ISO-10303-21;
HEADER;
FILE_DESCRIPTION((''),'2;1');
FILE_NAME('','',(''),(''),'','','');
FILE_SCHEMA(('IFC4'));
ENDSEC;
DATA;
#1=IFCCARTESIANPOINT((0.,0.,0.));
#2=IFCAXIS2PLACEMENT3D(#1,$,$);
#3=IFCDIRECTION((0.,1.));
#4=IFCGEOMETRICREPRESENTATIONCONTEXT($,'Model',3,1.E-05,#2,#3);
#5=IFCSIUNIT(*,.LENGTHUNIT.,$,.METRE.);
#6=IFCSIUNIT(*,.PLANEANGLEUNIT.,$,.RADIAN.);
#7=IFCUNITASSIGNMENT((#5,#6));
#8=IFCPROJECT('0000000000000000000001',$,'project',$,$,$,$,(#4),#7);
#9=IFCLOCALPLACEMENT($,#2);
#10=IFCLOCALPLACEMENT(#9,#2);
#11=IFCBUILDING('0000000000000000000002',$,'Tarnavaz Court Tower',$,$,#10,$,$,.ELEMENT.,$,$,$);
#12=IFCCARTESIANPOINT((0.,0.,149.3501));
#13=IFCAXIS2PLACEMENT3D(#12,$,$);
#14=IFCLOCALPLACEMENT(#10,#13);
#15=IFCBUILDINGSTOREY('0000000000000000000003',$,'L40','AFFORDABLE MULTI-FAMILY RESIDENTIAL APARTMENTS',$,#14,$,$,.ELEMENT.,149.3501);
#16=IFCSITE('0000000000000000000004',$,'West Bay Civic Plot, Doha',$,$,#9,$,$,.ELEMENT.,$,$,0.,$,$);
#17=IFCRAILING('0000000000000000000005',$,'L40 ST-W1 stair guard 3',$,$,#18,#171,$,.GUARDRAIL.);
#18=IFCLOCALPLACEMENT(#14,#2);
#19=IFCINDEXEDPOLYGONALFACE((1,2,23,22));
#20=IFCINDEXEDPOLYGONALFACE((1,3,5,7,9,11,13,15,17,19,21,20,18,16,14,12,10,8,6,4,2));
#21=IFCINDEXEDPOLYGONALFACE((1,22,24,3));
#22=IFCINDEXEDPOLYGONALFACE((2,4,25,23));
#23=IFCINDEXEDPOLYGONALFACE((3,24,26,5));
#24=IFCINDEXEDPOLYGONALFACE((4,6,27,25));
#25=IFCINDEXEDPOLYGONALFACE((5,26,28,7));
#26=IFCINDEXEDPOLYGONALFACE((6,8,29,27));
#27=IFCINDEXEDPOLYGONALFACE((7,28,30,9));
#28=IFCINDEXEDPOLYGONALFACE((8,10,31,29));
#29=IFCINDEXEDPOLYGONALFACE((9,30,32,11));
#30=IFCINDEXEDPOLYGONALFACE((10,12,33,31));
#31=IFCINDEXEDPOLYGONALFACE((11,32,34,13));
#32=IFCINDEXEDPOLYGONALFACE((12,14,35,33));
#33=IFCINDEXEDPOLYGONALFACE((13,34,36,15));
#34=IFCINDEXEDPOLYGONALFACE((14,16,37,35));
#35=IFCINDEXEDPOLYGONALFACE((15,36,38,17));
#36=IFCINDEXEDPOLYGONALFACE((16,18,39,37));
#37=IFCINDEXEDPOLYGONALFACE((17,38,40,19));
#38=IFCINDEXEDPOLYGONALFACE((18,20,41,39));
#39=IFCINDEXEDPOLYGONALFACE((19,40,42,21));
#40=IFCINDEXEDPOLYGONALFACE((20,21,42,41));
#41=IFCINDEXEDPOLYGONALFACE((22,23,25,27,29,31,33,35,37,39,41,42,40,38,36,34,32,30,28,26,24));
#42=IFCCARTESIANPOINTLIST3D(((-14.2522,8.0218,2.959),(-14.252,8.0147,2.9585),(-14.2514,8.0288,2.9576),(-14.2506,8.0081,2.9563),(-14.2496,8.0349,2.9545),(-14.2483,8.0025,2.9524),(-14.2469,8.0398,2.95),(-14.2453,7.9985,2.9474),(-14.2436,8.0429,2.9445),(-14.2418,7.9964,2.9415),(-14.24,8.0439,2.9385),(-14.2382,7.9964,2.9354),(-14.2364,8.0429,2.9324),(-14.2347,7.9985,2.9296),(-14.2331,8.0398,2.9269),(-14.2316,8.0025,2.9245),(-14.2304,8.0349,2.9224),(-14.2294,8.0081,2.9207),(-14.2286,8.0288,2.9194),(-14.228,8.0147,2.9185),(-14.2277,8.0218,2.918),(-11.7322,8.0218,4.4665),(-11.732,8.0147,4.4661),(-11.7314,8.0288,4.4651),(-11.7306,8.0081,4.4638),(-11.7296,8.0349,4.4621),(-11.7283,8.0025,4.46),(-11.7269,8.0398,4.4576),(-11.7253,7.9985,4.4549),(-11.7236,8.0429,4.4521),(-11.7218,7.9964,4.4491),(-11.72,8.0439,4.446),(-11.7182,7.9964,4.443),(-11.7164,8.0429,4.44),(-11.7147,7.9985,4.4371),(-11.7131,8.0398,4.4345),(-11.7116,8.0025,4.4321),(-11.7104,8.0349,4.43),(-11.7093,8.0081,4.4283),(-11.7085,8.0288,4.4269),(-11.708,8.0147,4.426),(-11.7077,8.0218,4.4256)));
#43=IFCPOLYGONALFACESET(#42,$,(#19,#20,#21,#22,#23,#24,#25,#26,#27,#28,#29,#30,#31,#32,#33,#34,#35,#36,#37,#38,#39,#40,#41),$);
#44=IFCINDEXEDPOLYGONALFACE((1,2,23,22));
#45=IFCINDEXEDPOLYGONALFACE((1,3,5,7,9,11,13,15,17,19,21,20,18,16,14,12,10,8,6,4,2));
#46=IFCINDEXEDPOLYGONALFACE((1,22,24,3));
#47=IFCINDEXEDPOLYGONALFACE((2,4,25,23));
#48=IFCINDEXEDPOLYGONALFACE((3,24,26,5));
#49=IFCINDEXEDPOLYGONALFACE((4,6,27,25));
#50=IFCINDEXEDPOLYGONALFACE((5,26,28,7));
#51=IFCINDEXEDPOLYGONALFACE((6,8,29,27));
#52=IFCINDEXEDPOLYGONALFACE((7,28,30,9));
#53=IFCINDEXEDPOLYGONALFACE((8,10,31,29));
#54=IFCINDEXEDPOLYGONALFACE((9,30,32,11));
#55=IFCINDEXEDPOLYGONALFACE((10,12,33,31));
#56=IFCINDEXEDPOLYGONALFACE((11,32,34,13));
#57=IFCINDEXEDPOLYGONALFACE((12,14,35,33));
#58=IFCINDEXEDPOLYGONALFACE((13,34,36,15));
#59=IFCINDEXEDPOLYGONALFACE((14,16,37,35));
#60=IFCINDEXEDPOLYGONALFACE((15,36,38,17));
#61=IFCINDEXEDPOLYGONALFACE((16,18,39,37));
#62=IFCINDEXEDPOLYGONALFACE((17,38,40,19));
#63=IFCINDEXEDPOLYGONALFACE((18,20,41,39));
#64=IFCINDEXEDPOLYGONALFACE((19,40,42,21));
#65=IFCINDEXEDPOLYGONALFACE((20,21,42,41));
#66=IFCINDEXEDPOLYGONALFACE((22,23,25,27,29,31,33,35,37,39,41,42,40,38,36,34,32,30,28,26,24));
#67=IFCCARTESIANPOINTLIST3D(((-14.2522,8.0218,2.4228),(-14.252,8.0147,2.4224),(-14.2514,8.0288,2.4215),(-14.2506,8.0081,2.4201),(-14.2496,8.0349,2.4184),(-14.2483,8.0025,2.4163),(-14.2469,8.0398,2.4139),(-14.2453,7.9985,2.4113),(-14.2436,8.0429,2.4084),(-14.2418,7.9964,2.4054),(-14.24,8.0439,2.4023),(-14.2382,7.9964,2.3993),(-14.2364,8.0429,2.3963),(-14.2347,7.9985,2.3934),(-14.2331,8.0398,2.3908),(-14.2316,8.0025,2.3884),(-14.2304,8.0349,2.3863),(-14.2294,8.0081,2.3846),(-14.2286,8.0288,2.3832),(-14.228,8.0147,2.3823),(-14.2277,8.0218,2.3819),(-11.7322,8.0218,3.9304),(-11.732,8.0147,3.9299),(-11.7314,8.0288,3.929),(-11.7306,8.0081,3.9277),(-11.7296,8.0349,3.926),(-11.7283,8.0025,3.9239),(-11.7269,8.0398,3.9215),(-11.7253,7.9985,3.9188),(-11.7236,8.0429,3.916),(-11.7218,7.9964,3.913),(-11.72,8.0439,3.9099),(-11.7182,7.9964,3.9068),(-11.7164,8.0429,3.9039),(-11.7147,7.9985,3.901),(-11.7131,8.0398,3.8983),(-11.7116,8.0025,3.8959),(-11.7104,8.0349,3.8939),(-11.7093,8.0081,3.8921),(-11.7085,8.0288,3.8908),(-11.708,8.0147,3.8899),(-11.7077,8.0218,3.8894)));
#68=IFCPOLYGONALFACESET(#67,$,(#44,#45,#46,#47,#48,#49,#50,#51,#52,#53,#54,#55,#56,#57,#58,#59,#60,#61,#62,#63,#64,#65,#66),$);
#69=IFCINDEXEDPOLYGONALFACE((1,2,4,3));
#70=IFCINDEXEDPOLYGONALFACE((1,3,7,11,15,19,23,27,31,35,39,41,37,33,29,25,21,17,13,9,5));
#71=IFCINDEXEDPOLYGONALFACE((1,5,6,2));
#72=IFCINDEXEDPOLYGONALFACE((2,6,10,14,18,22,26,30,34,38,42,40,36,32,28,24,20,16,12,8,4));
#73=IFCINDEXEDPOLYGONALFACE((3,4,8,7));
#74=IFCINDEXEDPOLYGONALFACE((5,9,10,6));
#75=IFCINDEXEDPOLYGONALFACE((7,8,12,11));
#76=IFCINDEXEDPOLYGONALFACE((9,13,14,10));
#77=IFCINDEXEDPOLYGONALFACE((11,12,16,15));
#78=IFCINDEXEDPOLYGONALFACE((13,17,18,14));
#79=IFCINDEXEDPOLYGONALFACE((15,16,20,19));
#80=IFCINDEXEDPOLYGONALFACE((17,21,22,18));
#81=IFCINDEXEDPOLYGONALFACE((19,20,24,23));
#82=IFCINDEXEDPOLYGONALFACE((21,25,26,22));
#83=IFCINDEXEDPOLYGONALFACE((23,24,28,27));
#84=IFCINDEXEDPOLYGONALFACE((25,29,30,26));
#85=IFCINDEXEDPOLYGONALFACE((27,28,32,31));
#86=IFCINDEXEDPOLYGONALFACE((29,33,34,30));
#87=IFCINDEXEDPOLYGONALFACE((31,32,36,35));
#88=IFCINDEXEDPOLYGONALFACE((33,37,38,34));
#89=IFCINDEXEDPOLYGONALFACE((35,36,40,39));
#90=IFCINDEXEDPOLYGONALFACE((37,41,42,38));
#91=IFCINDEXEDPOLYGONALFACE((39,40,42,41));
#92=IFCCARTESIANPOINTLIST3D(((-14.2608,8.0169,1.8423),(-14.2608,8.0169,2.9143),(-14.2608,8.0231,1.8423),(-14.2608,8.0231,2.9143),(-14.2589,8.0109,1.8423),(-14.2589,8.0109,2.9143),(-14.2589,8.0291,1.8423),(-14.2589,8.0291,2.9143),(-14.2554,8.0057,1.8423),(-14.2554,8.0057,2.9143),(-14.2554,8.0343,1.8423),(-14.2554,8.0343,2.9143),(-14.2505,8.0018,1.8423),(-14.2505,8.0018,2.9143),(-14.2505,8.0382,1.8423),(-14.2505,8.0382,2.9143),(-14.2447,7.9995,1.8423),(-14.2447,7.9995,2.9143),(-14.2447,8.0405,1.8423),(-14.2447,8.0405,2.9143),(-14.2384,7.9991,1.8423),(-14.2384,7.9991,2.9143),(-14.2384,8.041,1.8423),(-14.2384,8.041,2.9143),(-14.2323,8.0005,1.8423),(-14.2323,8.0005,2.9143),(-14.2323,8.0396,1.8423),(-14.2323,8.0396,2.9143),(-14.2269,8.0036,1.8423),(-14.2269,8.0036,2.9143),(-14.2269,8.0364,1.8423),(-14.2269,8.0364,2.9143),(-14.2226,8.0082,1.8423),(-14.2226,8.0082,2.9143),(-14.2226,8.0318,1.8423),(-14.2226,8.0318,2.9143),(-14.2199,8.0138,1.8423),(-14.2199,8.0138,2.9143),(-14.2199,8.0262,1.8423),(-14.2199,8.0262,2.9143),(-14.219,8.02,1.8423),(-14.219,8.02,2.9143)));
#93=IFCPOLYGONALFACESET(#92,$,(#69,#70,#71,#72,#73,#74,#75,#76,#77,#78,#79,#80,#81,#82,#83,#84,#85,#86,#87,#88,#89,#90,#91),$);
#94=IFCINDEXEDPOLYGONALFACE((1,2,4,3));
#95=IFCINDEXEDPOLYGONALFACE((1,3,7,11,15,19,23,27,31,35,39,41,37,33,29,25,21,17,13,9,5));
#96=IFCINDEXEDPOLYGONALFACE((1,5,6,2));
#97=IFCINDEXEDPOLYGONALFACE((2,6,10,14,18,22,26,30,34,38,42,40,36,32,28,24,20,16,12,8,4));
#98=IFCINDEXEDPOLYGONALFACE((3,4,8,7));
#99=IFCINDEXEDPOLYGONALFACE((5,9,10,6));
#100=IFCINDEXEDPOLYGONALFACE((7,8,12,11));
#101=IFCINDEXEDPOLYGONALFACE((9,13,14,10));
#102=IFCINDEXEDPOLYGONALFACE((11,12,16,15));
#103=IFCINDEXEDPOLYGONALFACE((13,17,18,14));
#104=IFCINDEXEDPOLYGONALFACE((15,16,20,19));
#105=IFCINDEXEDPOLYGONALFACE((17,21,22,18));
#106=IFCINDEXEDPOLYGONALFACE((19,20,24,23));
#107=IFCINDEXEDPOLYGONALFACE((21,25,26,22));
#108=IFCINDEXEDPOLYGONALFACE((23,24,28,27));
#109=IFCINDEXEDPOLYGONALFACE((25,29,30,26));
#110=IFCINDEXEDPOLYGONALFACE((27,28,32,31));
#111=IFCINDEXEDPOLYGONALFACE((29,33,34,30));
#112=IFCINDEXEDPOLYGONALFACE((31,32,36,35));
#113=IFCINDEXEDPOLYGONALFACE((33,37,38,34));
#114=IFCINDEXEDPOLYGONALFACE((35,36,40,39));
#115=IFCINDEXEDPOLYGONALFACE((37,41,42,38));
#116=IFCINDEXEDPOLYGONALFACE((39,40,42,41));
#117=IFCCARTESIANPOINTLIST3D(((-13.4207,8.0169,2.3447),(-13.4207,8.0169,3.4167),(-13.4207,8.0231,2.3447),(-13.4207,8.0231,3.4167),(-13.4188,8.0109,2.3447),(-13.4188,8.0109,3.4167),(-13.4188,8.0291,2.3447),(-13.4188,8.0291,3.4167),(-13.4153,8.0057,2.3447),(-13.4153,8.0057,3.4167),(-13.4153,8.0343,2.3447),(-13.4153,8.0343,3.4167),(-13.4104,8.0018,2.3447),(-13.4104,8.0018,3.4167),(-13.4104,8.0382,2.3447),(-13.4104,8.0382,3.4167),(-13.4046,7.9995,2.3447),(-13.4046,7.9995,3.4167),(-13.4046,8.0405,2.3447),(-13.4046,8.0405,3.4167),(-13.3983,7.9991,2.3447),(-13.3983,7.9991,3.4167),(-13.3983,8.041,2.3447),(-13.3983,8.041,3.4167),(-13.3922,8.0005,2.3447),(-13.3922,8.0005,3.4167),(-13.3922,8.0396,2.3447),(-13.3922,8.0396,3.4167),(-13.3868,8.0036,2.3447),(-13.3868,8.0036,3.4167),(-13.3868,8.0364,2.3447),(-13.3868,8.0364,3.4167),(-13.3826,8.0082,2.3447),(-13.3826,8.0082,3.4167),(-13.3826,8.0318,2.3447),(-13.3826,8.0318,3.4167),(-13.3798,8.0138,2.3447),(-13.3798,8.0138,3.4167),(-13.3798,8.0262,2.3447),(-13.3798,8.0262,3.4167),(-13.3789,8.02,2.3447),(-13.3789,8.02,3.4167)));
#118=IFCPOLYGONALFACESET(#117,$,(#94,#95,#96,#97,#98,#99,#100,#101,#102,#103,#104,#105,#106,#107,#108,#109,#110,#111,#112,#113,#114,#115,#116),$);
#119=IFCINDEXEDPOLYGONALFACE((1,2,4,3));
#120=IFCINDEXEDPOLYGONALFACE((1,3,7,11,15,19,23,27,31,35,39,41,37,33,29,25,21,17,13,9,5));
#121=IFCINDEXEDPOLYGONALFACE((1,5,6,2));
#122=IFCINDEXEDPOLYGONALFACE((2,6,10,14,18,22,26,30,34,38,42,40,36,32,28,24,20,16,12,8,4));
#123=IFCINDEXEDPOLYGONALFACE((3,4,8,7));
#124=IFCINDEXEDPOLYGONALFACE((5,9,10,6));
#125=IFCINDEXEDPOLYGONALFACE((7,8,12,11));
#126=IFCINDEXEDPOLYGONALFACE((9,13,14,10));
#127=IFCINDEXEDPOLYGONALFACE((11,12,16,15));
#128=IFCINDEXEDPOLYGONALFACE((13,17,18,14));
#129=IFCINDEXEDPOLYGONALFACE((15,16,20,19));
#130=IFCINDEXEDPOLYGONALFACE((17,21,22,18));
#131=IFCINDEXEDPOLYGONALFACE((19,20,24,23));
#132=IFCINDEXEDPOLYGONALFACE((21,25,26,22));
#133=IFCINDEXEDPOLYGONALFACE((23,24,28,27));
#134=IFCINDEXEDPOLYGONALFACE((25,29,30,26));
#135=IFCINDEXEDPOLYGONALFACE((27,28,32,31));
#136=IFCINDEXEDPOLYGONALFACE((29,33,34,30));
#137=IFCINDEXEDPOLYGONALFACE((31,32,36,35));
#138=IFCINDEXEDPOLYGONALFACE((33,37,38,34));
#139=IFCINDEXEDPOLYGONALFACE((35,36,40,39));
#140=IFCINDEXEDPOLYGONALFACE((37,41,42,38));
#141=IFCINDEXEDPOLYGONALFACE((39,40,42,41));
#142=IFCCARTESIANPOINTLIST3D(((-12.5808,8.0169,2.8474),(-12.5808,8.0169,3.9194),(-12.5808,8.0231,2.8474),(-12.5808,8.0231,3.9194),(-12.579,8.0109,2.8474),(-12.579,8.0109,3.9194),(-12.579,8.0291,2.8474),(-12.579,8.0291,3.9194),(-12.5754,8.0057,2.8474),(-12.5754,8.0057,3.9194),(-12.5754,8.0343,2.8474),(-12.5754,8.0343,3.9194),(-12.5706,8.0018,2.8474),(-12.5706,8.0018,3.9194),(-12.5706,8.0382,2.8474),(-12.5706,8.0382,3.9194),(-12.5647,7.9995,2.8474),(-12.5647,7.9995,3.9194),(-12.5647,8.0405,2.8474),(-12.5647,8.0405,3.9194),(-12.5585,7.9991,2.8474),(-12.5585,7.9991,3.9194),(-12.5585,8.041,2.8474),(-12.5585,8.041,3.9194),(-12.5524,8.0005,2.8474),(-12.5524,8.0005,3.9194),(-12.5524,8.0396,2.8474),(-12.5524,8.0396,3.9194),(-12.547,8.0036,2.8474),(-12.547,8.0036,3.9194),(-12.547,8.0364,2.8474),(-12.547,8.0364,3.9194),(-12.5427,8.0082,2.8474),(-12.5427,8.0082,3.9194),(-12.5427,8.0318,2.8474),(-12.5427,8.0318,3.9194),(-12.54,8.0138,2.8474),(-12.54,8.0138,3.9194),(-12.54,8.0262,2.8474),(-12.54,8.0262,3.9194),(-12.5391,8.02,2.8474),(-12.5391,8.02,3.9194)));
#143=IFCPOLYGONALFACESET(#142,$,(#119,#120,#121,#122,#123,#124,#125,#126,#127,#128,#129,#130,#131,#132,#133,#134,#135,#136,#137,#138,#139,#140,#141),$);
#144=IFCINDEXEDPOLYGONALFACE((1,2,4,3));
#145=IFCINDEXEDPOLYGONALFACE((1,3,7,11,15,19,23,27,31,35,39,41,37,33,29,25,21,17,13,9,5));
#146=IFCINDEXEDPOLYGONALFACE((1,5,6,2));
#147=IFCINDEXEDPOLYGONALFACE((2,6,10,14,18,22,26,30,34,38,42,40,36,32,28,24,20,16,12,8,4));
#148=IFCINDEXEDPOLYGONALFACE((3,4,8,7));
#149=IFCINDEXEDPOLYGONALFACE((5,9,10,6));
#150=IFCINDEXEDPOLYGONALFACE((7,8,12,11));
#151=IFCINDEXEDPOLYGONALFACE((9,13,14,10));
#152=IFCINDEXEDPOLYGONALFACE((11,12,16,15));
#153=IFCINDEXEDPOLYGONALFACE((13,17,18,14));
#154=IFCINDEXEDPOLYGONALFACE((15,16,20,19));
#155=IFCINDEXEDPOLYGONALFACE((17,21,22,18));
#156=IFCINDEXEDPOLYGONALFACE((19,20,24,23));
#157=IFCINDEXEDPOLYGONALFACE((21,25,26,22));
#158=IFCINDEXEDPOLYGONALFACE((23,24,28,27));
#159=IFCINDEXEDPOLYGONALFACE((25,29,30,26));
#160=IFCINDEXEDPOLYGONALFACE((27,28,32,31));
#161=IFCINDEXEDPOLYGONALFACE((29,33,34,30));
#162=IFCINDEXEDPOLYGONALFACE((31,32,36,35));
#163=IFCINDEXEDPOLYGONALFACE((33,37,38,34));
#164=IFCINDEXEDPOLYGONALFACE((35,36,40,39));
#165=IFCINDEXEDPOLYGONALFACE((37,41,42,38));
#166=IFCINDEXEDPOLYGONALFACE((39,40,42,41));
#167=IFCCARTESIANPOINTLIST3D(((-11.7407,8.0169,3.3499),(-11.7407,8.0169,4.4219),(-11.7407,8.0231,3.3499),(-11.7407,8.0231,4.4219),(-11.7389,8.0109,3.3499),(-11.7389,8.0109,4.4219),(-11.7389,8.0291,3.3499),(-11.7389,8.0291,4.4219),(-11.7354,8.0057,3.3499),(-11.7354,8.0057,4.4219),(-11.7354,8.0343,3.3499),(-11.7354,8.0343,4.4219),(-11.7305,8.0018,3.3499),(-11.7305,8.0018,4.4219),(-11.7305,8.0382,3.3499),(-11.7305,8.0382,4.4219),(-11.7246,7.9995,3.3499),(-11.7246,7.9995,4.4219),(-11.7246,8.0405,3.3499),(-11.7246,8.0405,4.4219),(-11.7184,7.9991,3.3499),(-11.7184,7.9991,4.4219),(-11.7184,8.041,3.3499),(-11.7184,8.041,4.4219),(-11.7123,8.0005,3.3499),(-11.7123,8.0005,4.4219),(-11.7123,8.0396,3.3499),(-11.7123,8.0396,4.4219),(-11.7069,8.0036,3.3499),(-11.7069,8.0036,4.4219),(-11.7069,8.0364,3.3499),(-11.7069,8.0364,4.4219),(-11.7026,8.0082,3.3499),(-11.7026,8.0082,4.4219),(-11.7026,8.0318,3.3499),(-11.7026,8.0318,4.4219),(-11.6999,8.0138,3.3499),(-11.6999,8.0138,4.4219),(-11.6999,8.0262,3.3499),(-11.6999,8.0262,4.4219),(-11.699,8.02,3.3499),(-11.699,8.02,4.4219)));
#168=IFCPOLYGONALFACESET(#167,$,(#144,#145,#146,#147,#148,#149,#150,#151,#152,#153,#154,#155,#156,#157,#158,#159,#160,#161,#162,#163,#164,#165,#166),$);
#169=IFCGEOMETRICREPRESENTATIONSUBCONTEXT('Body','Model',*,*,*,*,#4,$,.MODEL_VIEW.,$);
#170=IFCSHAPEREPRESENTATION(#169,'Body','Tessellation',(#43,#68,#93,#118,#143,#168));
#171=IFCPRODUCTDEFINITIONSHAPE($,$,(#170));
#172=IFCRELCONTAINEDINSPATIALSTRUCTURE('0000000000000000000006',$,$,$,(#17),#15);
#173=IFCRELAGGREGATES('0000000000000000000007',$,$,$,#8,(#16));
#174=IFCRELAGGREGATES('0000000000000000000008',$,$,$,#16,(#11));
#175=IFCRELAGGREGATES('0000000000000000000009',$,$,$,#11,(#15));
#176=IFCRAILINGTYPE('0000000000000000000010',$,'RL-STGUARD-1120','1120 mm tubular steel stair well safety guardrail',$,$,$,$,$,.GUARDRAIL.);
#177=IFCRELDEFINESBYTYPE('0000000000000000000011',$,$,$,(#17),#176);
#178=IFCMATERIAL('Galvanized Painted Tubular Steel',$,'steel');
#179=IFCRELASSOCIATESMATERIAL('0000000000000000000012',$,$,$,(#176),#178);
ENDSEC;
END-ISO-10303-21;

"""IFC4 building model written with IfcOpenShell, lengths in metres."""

from ifc_helpers import new_model, si_unit, direction, frame, origin, origin_2d, place, context, subcontext, project, spatial, circle, extrude, material, type_object, element, save


model = new_model("IFC4")

# Units and contexts
model_context = context("Model", 3, precision=1e-05, world=origin(), true_north=direction((0.0, 1.0)))
body_context = subcontext(model_context, "Body", "Model", "MODEL_VIEW")
ifc_project = project(units=[si_unit("LENGTHUNIT", "METRE"), si_unit("PLANEANGLEUNIT", "RADIAN")], contexts=[model_context])

# Site, building, storey
site_placement = place(None, origin())
site = spatial("IfcSite", under=ifc_project, at=site_placement, Name="West Bay Civic Plot, Doha", CompositionType="ELEMENT", RefElevation=0.0)
building_placement = place(site_placement, origin())
building = spatial("IfcBuilding", under=site, at=building_placement, Name="Tarnavaz Court Tower", CompositionType="ELEMENT")
storey_placement = place(building_placement, frame((0.0, 0.0, 149.3501)))
storey = spatial("IfcBuildingStorey", under=building, at=storey_placement, Name="L40", Description="AFFORDABLE MULTI-FAMILY RESIDENTIAL APARTMENTS", CompositionType="ELEMENT", Elevation=149.3501)

# Railing
ifc_material_1 = material(Name="Galvanized Painted Tubular Steel", Category="steel")
railing_type_1 = type_object("IfcRailingType", Name="RL-STGUARD-1120", Description="1120 mm tubular steel stair well safety guardrail", PredefinedType="GUARDRAIL", material=ifc_material_1)
railing_1_placement = place(storey_placement, frame((-14.24, 8.02, 1.8423)))
element("IfcRailing", 1, at=railing_1_placement, inside=storey, type_object=railing_type_1, Name="L40 ST-W1 stair guard 3", PredefinedType="GUARDRAIL", context=body_context, shape_type="SweptSolid", body=[
    extrude(circle(Radius=0.0239, at=origin_2d()), frame((0.0, 0.0, 1.0962), z_axis=(0.85816, 0.0, 0.513383), x_axis=(0.0, 1.0, 0.0)), (0.0, 0.0, 1.0), 2.9365),
    extrude(circle(Radius=0.0239, at=origin_2d()), frame((0.0, 0.0, 0.5601), z_axis=(0.85816, 0.0, 0.513383), x_axis=(0.0, 1.0, 0.0)), (0.0, 0.0, 1.0), 2.9365),
    extrude(circle(Radius=0.021, at=origin_2d()), origin(), (0.0, 0.0, 1.0), 1.072),
    extrude(circle(Radius=0.021, at=origin_2d()), frame((0.8401, 0.0, 0.5024)), (0.0, 0.0, 1.0), 1.072),
    extrude(circle(Radius=0.021, at=origin_2d()), frame((1.6799, 0.0, 1.0051)), (0.0, 0.0, 1.0), 1.072),
    extrude(circle(Radius=0.021, at=origin_2d()), frame((2.52, 0.0, 1.5076)), (0.0, 0.0, 1.0), 1.072),
])

save(model, "model.ifc")
